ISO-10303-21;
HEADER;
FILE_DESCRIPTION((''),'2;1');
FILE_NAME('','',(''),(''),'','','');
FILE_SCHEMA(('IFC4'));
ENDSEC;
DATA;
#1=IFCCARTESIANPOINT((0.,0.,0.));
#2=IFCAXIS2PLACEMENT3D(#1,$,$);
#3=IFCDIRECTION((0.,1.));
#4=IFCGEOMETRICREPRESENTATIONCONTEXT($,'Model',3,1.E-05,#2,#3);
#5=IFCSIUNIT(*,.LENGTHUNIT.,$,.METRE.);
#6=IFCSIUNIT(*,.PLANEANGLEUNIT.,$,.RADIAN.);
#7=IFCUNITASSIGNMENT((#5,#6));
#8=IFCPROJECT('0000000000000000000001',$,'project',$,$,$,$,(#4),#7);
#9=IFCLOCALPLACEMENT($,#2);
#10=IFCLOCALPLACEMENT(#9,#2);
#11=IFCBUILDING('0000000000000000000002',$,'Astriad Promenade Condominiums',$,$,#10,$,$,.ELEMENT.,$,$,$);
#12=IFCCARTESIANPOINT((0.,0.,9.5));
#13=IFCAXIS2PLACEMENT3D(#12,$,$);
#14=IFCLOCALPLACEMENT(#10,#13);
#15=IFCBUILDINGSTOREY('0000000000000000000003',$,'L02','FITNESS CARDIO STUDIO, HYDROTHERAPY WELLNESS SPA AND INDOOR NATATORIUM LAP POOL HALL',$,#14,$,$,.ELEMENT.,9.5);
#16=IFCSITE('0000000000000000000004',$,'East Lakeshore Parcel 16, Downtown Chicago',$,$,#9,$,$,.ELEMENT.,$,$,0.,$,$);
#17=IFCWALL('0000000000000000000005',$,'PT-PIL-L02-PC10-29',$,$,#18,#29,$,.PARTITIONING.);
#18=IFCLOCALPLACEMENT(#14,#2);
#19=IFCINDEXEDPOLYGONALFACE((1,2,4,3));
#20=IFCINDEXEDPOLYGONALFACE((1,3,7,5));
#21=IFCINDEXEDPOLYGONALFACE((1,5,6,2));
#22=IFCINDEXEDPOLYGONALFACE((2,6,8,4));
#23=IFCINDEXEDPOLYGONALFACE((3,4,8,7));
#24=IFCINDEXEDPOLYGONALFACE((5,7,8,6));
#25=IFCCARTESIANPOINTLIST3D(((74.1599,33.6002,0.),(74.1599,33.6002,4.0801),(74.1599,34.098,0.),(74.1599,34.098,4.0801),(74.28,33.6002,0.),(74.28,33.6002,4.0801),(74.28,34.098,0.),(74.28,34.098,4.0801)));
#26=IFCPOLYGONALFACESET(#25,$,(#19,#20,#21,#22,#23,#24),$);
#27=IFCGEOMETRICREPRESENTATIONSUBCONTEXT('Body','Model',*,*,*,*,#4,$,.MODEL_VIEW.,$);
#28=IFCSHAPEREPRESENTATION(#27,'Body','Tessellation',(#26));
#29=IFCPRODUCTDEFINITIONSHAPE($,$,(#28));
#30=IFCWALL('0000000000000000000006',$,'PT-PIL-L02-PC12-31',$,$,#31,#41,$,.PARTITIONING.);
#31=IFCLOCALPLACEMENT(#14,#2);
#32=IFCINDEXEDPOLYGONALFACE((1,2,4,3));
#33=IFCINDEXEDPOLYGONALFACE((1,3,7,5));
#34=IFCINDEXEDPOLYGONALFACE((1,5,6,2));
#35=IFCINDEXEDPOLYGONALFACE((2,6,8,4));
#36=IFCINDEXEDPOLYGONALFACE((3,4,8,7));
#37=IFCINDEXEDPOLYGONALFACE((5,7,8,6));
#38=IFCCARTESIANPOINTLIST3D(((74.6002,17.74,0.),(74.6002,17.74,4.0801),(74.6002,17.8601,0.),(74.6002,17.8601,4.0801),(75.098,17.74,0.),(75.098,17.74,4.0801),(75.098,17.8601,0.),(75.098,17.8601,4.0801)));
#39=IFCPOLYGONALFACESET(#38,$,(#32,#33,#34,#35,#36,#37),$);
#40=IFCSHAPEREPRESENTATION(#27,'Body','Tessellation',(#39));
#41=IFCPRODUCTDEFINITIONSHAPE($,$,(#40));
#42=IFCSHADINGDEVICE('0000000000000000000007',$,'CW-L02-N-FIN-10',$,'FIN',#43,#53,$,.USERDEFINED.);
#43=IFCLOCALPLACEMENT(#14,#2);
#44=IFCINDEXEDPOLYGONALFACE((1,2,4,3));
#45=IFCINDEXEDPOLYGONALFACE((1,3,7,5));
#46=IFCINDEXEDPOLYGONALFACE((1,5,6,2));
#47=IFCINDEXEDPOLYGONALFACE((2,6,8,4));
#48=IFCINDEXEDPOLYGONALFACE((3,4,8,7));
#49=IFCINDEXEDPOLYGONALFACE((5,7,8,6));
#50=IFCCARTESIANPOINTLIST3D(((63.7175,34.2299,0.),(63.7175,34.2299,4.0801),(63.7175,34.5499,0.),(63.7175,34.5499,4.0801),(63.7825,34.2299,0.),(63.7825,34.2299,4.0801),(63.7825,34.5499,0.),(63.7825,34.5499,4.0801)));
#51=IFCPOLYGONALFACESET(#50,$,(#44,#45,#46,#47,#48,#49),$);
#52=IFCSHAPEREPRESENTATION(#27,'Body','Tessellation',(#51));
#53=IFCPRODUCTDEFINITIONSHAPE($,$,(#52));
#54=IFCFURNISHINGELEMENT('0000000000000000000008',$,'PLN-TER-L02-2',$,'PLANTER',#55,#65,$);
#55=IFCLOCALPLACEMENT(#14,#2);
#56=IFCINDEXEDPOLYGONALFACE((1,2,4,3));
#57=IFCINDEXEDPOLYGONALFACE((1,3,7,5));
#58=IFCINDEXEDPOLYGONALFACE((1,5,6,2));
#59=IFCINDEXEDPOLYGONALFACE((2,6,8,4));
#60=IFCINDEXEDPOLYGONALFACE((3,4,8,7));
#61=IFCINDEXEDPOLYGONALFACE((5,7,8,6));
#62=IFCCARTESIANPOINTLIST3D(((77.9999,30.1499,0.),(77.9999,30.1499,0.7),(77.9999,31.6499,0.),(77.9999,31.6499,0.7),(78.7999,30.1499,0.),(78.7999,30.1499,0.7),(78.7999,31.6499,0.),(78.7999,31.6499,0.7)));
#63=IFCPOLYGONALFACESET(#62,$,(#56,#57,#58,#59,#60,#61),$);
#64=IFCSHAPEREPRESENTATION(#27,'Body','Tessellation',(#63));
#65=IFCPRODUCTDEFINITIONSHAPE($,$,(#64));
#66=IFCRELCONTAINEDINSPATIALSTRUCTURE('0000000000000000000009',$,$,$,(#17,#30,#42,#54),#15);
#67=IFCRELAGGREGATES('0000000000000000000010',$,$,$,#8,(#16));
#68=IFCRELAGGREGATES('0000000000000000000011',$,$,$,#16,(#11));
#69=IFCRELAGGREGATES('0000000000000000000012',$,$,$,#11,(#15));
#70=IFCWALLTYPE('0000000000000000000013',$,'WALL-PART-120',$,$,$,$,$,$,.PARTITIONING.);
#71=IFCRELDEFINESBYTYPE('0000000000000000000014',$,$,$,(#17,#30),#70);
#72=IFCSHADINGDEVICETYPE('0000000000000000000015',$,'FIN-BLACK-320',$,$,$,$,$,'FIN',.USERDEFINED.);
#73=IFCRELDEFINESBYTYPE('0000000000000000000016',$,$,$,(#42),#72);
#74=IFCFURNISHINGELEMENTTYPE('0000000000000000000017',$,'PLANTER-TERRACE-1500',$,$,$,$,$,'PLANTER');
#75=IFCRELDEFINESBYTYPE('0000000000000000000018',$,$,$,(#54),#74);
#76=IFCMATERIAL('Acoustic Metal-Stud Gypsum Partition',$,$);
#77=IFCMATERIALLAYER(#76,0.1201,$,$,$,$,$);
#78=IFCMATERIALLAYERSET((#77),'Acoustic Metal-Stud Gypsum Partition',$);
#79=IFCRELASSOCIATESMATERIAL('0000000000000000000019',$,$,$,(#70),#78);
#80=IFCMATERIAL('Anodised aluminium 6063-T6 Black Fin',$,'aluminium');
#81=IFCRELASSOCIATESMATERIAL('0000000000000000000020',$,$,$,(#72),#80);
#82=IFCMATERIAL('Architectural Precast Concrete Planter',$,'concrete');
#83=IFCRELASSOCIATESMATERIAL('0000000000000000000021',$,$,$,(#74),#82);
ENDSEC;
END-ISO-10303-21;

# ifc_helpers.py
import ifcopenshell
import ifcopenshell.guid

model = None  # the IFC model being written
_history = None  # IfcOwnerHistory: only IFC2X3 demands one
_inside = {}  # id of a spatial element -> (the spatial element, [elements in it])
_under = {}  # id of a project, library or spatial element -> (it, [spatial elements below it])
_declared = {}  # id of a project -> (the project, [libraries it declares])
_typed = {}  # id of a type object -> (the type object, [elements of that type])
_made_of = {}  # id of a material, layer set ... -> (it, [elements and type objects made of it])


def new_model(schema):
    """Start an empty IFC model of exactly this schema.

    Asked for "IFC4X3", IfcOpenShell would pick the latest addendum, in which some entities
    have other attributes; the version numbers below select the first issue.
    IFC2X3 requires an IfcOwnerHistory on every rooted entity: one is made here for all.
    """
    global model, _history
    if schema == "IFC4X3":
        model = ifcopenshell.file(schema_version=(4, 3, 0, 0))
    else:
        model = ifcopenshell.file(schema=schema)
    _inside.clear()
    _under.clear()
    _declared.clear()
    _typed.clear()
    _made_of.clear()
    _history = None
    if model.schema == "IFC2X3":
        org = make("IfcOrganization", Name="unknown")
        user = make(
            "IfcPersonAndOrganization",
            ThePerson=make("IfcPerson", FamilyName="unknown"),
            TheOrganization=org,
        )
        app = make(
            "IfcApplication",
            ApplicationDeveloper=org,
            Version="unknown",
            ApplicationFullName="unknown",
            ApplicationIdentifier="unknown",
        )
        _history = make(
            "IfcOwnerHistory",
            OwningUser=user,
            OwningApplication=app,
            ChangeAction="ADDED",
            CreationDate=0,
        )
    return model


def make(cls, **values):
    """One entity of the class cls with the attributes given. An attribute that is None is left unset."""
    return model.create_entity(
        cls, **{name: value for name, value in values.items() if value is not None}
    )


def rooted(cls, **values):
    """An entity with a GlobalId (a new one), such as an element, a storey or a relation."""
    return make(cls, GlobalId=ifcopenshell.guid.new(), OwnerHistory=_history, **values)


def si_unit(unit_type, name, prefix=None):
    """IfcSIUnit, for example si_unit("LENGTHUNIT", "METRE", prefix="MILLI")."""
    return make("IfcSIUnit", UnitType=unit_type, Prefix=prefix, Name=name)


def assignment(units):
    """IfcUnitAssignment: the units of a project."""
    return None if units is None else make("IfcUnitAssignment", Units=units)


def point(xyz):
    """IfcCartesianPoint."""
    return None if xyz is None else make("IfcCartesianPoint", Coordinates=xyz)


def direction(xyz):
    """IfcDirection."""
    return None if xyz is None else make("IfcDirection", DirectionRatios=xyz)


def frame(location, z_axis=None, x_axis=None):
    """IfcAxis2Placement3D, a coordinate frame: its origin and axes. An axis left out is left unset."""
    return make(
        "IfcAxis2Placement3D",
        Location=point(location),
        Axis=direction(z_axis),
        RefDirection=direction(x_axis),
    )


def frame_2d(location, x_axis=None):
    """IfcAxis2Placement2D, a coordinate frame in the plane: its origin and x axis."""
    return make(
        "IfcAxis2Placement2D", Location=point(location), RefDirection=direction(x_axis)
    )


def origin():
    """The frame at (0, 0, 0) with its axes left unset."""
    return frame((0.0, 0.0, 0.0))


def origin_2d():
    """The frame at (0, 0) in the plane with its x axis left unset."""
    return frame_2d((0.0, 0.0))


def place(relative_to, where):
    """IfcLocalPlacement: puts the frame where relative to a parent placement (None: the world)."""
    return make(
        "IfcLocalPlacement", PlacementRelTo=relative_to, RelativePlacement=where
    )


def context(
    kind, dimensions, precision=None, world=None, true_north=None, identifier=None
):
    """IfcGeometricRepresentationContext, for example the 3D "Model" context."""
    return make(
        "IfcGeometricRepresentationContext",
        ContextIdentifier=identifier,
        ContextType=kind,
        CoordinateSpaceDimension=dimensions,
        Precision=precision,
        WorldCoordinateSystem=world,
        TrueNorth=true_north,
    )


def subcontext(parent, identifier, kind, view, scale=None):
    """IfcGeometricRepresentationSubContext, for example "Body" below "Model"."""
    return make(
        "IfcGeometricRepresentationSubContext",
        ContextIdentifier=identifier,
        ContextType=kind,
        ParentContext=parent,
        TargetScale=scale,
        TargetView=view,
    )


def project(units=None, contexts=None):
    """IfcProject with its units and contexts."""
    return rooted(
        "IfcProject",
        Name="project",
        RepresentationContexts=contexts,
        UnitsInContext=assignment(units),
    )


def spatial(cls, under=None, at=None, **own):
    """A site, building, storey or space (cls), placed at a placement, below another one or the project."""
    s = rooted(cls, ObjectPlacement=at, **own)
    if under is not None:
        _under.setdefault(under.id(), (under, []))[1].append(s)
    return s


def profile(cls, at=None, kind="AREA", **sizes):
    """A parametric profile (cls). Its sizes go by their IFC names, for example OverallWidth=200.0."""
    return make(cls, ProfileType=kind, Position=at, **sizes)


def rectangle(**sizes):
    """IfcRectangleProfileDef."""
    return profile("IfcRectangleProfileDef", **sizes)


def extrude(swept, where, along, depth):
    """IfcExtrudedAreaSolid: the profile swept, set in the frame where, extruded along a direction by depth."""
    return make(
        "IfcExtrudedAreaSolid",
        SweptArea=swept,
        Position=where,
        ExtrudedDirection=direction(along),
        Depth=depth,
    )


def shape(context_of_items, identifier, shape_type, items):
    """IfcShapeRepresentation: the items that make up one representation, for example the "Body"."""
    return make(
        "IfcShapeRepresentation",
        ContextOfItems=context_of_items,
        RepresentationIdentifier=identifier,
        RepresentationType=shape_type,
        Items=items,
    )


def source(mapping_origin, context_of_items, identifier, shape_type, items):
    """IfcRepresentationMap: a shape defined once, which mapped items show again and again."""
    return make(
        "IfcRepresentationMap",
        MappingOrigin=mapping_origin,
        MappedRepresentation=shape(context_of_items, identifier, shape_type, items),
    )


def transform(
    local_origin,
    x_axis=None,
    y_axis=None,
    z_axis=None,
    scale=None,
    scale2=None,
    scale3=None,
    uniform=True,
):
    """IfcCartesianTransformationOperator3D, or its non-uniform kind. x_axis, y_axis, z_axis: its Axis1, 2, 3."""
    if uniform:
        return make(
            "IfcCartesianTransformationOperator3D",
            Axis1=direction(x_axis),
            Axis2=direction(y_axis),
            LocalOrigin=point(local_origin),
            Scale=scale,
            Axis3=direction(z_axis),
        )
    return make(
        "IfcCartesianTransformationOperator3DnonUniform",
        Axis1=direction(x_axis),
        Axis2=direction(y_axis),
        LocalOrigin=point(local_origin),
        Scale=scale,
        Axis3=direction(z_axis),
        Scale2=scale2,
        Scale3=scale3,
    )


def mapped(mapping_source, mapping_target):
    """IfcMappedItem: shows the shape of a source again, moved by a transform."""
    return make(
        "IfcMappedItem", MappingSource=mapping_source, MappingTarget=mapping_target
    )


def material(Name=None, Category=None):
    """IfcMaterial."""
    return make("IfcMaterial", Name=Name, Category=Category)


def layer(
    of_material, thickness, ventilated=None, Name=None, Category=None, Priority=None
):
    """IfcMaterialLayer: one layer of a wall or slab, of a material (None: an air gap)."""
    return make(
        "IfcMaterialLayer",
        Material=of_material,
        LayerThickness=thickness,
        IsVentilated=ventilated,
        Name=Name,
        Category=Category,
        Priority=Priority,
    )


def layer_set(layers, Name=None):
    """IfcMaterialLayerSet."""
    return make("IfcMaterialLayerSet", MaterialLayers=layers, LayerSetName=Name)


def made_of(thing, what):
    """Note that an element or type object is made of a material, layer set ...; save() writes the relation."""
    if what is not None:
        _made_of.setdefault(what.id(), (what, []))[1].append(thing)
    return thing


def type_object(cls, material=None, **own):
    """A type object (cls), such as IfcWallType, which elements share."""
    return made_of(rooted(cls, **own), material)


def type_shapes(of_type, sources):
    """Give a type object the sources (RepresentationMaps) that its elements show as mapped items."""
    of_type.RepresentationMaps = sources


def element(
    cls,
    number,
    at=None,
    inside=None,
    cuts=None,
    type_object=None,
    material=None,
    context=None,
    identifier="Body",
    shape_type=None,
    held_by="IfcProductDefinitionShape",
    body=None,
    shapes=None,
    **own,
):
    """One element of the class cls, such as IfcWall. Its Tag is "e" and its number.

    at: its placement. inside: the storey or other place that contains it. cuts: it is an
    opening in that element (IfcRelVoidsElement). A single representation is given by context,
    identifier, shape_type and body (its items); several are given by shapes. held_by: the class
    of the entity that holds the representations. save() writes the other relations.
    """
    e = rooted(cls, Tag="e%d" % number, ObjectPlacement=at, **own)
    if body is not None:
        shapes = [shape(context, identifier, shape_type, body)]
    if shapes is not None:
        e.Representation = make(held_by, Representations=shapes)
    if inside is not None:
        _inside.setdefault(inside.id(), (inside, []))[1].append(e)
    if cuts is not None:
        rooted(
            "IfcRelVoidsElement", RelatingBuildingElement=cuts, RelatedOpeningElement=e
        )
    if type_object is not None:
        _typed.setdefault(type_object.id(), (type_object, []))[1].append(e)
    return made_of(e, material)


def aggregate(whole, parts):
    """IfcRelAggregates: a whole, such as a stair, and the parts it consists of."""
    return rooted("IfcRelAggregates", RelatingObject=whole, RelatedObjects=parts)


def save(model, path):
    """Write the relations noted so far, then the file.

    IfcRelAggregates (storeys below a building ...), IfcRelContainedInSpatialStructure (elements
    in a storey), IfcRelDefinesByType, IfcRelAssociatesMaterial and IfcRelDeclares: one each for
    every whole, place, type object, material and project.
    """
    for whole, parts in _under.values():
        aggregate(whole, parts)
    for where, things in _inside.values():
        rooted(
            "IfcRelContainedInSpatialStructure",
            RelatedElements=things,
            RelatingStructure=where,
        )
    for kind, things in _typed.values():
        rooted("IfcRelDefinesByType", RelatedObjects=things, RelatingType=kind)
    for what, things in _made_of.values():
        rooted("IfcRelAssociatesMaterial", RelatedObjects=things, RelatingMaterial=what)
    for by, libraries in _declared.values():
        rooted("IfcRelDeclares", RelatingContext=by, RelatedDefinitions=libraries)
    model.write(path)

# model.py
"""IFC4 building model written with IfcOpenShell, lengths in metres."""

from ifc_helpers import new_model, si_unit, direction, frame, frame_2d, origin, origin_2d, place, context, subcontext, project, spatial, rectangle, extrude, source, transform, mapped, material, layer, layer_set, type_object, type_shapes, element, save


model = new_model("IFC4")

# Units and contexts
model_context = context("Model", 3, precision=1e-05, world=origin(), true_north=direction((0.0, 1.0)))
body_context = subcontext(model_context, "Body", "Model", "MODEL_VIEW")
ifc_project = project(units=[si_unit("LENGTHUNIT", "METRE"), si_unit("PLANEANGLEUNIT", "RADIAN")], contexts=[model_context])

# Site, building, storey
site_placement = place(None, origin())
site = spatial("IfcSite", under=ifc_project, at=site_placement, Name="East Lakeshore Parcel 16, Downtown Chicago", CompositionType="ELEMENT", RefElevation=0.0)
building_placement = place(site_placement, origin())
building = spatial("IfcBuilding", under=site, at=building_placement, Name="Astriad Promenade Condominiums", CompositionType="ELEMENT")
storey_placement = place(building_placement, frame((0.0, 0.0, 9.5)))
storey = spatial("IfcBuildingStorey", under=building, at=storey_placement, Name="L02", Description="FITNESS CARDIO STUDIO, HYDROTHERAPY WELLNESS SPA AND INDOOR NATATORIUM LAP POOL HALL", CompositionType="ELEMENT", Elevation=9.5)

# Walls
ifc_material_1 = material(Name="Acoustic Metal-Stud Gypsum Partition")
ifc_layer_1 = layer(ifc_material_1, 0.1201)
ifc_layer_set_1 = layer_set([ifc_layer_1], Name="Acoustic Metal-Stud Gypsum Partition")
wall_type_1 = type_object("IfcWallType", Name="WALL-PART-120", PredefinedType="PARTITIONING", material=ifc_layer_set_1)
for number, where, z_axis, x_axis, name in (
    (1, (74.22, 33.6001, 0.0), (0.0, 0.0, 1.0), (0.0, 1.0, 0.0), "PT-PIL-L02-PC10-29"),
    (2, (74.6001, 17.8, 0.0), (0.0, 0.0, 1.0), (1.0, 0.0, 0.0), "PT-PIL-L02-PC12-31"),
):
    element("IfcWall", number, at=place(storey_placement, frame(where, z_axis=z_axis, x_axis=x_axis)), inside=storey, type_object=wall_type_1, Name=name, PredefinedType="PARTITIONING", context=body_context, shape_type="SweptSolid", body=[
        extrude(rectangle(XDim=0.4978, YDim=0.1201, at=frame_2d((0.249, 0.0))), origin(), (0.0, 0.0, 1.0), 4.0801),
    ])

# Shading device
ifc_material_2 = material(Name="Anodised aluminium 6063-T6 Black Fin", Category="aluminium")
shading_device_type = type_object("IfcShadingDeviceType", Name="FIN-BLACK-320", ElementType="FIN", PredefinedType="USERDEFINED", material=ifc_material_2)
shared_shape_1 = source(origin(), body_context, "Body", "SweptSolid", [
    extrude(rectangle(XDim=0.0649, YDim=0.3201, at=origin_2d()), origin(), (0.0, 0.0, 1.0), 4.0801),
])
type_shapes(shading_device_type, [shared_shape_1])
shading_device_placement = place(storey_placement, frame((63.75, 34.3899, 0.0), z_axis=(0.0, 0.0, 1.0), x_axis=(1.0, 0.0, 0.0)))
element("IfcShadingDevice", 3, at=shading_device_placement, inside=storey, type_object=shading_device_type, Name="CW-L02-N-FIN-10", ObjectType="FIN", PredefinedType="USERDEFINED", context=body_context, shape_type="MappedRepresentation", body=[
    mapped(shared_shape_1, transform((0.0, 0.0, 0.0), scale=1.0)),
])

# Furnishing element
ifc_material_3 = material(Name="Architectural Precast Concrete Planter", Category="concrete")
furnishing_element_type = type_object("IfcFurnishingElementType", Name="PLANTER-TERRACE-1500", ElementType="PLANTER", material=ifc_material_3)
shared_shape_2 = source(origin(), body_context, "Body", "SweptSolid", [
    extrude(rectangle(XDim=0.8, YDim=1.5, at=origin_2d()), origin(), (0.0, 0.0, 1.0), 0.7),
])
type_shapes(furnishing_element_type, [shared_shape_2])
furnishing_placement = place(storey_placement, frame((78.3999, 30.8999, 0.0), z_axis=(0.0, 0.0, 1.0), x_axis=(1.0, 0.0, 0.0)))
element("IfcFurnishingElement", 4, at=furnishing_placement, inside=storey, type_object=furnishing_element_type, Name="PLN-TER-L02-2", ObjectType="PLANTER", context=body_context, shape_type="MappedRepresentation", body=[
    mapped(shared_shape_2, transform((0.0, 0.0, 0.0), scale=1.0)),
])

save(model, "model.ifc")
